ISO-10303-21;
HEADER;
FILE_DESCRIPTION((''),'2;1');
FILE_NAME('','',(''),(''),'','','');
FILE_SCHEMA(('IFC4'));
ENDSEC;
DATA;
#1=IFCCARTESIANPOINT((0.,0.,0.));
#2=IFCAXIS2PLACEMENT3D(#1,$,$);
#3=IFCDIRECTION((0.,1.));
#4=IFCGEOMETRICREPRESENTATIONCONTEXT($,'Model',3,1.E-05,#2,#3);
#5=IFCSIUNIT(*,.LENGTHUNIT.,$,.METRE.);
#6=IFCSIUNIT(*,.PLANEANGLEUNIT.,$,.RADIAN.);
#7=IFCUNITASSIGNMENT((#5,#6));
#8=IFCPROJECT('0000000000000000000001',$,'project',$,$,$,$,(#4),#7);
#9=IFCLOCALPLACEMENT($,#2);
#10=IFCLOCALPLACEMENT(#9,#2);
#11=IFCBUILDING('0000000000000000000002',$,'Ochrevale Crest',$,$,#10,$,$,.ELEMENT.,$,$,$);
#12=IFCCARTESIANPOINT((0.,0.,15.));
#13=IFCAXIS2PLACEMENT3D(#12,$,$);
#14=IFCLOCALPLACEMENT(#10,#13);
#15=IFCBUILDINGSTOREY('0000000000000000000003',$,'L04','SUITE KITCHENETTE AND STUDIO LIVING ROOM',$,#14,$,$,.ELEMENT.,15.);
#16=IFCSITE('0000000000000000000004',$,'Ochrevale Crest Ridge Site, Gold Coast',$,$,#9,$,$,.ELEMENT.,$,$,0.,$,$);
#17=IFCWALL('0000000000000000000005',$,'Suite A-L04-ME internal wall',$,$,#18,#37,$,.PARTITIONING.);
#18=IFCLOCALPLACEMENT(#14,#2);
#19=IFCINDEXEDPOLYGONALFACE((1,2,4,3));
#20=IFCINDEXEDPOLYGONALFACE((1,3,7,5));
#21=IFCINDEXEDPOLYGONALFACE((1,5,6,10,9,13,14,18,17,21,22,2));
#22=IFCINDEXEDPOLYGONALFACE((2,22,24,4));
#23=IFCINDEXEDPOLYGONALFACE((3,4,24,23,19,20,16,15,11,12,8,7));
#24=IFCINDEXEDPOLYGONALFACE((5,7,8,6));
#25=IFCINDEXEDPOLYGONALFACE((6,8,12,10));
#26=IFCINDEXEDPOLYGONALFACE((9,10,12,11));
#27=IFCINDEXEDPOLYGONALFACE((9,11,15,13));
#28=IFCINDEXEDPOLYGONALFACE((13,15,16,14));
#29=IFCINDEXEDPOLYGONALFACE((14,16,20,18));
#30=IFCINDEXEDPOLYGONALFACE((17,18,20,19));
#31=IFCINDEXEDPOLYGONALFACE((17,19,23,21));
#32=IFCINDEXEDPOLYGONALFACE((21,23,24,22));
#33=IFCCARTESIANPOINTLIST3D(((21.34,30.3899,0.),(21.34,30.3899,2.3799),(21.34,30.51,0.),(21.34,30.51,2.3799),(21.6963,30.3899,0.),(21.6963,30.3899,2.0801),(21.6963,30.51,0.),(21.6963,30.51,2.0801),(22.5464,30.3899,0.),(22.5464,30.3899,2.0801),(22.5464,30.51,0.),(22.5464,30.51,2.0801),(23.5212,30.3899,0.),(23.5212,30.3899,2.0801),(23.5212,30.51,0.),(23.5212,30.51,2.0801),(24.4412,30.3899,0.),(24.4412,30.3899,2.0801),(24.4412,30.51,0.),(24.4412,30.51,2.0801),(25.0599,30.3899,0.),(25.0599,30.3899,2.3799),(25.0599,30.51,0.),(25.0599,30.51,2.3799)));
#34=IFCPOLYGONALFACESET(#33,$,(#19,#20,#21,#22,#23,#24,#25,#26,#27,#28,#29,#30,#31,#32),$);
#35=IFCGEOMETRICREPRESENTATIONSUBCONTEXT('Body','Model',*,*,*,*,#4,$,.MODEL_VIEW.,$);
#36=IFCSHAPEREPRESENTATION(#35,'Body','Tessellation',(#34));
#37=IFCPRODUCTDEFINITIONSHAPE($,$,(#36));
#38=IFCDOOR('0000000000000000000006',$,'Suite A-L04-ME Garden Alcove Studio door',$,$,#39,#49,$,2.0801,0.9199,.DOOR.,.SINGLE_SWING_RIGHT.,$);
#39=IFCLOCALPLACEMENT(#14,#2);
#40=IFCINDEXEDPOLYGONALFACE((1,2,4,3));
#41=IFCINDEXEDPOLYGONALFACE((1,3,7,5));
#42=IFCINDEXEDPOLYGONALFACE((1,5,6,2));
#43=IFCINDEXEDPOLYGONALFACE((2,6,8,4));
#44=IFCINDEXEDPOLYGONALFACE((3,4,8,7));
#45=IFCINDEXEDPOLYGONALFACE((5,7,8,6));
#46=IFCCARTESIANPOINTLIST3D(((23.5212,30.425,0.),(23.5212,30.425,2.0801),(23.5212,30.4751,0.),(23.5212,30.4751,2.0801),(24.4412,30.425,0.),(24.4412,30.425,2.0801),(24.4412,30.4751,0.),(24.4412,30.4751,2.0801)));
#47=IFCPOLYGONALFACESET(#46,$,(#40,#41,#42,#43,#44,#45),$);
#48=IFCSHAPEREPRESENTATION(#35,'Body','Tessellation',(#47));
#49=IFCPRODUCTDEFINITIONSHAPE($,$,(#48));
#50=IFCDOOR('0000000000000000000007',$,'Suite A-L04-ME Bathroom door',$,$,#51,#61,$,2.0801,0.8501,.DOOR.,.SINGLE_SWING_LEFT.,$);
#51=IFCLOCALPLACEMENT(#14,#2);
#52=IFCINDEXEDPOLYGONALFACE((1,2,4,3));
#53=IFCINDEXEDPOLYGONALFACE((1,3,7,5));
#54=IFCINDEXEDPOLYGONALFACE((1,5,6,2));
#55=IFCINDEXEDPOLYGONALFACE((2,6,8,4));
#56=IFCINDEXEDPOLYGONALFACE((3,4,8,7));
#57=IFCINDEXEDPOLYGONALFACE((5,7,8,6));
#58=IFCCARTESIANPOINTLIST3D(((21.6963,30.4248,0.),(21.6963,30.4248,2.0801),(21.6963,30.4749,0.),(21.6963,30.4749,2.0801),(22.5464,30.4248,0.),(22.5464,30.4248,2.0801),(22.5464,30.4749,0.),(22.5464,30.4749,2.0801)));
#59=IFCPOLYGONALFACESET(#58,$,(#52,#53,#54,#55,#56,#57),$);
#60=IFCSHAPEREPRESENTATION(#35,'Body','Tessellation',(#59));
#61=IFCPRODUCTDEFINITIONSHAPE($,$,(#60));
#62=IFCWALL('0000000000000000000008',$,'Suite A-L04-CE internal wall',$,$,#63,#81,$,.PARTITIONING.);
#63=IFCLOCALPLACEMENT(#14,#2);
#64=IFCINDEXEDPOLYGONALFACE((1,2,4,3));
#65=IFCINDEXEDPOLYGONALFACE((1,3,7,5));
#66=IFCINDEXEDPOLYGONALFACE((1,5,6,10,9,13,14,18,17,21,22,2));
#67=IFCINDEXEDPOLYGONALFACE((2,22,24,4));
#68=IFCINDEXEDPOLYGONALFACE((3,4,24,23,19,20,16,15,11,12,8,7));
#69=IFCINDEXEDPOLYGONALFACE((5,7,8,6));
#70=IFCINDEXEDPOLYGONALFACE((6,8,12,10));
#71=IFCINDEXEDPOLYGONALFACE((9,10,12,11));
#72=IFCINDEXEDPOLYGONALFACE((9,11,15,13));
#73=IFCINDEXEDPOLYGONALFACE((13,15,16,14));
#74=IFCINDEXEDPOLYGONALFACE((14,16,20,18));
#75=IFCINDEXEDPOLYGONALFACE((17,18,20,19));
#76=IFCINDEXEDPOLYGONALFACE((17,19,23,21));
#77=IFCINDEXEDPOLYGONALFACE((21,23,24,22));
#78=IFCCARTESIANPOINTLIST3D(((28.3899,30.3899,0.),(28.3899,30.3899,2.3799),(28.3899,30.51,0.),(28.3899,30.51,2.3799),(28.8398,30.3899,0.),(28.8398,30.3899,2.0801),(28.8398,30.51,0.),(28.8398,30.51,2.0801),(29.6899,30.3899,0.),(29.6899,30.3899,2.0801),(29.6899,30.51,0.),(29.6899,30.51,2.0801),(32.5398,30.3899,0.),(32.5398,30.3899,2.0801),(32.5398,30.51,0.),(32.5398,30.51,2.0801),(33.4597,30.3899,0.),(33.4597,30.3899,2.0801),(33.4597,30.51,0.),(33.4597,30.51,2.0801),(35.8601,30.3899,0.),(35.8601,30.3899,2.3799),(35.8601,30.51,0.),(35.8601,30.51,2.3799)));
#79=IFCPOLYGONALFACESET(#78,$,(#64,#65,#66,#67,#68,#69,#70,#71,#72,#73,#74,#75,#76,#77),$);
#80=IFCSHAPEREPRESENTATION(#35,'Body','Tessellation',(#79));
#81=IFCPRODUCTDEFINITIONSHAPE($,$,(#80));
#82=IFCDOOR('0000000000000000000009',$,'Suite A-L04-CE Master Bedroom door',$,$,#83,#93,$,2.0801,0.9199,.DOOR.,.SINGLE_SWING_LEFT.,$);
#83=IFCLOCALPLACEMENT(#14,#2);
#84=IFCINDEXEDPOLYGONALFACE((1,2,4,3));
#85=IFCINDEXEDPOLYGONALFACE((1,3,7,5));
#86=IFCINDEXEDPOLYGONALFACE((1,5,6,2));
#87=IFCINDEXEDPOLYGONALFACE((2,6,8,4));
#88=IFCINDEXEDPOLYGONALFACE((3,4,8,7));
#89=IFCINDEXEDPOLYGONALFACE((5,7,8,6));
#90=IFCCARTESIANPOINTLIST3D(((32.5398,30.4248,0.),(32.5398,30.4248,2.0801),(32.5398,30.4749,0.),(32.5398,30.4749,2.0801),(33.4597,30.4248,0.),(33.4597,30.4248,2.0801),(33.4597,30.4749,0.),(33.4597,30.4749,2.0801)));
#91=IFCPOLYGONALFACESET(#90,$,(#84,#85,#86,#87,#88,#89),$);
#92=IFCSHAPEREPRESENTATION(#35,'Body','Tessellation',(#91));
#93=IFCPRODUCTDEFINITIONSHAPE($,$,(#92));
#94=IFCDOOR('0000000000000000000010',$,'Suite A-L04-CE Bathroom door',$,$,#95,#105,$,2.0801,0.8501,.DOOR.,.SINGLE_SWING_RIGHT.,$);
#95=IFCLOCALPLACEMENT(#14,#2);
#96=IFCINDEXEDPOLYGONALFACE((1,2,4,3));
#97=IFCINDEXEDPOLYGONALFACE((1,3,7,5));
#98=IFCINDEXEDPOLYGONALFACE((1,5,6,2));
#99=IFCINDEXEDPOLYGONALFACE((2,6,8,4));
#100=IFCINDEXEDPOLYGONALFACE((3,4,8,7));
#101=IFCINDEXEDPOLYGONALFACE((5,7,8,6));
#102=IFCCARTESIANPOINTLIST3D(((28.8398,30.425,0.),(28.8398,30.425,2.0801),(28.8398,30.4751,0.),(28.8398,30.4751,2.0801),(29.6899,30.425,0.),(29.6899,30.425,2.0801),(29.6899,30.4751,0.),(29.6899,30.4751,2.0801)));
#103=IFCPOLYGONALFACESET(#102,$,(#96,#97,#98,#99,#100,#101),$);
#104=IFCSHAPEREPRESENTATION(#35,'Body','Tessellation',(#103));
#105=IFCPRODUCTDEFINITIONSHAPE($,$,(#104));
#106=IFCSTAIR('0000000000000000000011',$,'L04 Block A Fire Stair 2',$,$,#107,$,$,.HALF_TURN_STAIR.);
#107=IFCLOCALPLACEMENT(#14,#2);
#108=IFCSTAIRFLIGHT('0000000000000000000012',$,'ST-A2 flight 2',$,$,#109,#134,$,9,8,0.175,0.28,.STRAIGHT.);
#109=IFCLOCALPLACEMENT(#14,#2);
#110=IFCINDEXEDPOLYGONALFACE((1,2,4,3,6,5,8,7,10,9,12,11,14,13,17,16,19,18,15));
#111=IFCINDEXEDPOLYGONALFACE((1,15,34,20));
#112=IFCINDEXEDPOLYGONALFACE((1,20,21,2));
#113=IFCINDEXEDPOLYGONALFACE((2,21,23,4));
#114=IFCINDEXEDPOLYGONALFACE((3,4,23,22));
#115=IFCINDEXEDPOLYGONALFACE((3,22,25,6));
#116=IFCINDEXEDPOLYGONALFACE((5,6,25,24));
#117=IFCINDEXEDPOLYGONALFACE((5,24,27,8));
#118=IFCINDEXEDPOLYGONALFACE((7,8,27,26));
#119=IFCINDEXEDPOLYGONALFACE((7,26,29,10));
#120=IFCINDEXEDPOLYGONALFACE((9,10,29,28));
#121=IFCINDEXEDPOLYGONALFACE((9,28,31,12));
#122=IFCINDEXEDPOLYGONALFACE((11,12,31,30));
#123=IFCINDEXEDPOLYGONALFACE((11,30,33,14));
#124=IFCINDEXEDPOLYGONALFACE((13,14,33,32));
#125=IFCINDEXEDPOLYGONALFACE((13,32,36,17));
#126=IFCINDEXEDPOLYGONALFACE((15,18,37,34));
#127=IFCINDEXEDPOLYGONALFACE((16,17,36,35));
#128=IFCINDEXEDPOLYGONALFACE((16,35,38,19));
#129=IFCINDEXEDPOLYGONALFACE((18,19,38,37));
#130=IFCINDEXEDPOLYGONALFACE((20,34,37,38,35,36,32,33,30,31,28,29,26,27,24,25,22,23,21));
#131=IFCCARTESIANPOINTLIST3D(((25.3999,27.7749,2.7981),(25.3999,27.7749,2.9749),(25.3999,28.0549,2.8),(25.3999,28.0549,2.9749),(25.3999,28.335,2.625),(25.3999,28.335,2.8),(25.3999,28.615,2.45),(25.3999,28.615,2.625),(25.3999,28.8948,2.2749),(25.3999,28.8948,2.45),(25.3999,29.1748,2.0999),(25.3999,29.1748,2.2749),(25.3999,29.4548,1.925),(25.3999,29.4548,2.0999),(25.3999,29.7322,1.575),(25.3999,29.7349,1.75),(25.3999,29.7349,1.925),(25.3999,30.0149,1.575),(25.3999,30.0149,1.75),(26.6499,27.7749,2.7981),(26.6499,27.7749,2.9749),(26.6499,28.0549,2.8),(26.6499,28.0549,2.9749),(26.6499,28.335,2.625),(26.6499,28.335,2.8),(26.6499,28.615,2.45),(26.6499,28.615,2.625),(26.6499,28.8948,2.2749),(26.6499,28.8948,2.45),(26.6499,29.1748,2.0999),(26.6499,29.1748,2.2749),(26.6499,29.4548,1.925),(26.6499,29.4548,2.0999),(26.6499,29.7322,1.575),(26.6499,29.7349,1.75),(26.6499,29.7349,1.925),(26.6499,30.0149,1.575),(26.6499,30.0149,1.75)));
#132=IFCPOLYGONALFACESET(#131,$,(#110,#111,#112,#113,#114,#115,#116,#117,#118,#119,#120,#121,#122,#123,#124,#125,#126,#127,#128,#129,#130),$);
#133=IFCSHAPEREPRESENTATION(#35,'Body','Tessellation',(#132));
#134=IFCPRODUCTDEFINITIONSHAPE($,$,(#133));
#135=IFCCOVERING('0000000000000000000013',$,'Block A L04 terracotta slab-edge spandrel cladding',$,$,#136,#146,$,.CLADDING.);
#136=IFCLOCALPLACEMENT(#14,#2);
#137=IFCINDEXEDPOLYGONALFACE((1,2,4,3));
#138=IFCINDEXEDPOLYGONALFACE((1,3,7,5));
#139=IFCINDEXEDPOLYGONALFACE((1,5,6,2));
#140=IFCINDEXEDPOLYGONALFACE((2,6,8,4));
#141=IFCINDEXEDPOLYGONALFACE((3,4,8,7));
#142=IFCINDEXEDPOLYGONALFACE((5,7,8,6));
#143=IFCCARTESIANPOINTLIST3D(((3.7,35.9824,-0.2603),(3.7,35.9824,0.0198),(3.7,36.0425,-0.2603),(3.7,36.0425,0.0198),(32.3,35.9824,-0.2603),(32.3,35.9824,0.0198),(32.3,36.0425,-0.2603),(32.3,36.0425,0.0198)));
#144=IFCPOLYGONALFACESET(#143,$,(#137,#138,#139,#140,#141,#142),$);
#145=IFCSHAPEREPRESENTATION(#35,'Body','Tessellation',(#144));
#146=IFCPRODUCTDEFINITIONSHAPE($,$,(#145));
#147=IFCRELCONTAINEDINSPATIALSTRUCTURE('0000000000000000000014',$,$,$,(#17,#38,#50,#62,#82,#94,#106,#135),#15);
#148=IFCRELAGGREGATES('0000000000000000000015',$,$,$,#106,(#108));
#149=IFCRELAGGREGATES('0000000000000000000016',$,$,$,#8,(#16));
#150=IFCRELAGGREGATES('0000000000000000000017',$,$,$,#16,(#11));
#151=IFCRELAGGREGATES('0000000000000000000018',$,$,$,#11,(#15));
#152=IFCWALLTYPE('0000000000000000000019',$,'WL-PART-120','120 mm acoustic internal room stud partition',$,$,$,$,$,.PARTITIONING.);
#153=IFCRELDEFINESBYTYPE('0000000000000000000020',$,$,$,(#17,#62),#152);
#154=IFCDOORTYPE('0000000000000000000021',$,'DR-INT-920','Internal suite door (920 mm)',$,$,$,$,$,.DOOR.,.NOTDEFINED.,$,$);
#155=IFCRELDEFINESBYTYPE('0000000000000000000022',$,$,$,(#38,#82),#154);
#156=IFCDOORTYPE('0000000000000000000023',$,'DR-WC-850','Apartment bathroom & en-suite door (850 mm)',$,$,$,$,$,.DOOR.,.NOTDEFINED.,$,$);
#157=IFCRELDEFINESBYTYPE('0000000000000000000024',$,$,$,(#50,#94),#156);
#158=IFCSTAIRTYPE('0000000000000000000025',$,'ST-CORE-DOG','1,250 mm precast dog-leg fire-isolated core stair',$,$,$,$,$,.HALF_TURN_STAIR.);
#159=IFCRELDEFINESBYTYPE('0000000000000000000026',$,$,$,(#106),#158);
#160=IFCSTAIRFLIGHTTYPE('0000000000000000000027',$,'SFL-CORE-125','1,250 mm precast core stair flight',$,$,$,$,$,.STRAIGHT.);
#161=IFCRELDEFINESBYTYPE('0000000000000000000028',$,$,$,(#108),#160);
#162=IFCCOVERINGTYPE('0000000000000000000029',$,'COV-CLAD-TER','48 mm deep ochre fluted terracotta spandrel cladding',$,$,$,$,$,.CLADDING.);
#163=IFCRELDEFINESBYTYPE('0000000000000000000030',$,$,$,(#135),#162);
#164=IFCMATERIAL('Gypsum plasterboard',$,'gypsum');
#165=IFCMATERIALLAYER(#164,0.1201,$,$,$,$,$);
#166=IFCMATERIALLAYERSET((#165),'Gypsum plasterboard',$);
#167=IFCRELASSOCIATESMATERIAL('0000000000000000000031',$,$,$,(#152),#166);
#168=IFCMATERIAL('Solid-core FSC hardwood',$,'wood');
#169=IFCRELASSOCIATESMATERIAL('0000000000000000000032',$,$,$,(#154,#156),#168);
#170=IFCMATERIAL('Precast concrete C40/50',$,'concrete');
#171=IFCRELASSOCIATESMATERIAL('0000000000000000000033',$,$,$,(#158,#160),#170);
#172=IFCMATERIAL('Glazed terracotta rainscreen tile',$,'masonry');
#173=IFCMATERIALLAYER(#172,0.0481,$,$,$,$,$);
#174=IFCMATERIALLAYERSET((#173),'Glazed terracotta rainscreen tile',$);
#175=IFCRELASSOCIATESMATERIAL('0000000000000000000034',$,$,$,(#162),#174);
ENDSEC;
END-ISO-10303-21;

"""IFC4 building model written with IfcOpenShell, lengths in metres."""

from ifc_helpers import new_model, si_unit, direction, frame, frame_2d, origin, origin_2d, place, context, subcontext, project, spatial, polyline, rectangle, outline, extrude, material, layer, layer_set, type_object, element, fill, aggregate, save


model = new_model("IFC4")

# Units and contexts
model_context = context("Model", 3, precision=1e-05, world=origin(), true_north=direction((0.0, 1.0)))
body_context = subcontext(model_context, "Body", "Model", "MODEL_VIEW")
ifc_project = project(units=[si_unit("LENGTHUNIT", "METRE"), si_unit("PLANEANGLEUNIT", "RADIAN")], contexts=[model_context])

# Site, building, storey
site_placement = place(None, origin())
site = spatial("IfcSite", under=ifc_project, at=site_placement, Name="Ochrevale Crest Ridge Site, Gold Coast", CompositionType="ELEMENT", RefElevation=0.0)
building_placement = place(site_placement, origin())
building = spatial("IfcBuilding", under=site, at=building_placement, Name="Ochrevale Crest", CompositionType="ELEMENT")
storey_placement = place(building_placement, frame((0.0, 0.0, 15.0)))
storey = spatial("IfcBuildingStorey", under=building, at=storey_placement, Name="L04", Description="SUITE KITCHENETTE AND STUDIO LIVING ROOM", CompositionType="ELEMENT", Elevation=15.0)

# Shared definitions
ifc_material_1 = material(Name="Precast concrete C40/50", Category="concrete")

# Walls, openings, doors
ifc_material_2 = material(Name="Gypsum plasterboard", Category="gypsum")
ifc_layer_1 = layer(ifc_material_2, 0.1201)
ifc_layer_set_1 = layer_set([ifc_layer_1], Name="Gypsum plasterboard")
wall_type_1 = type_object("IfcWallType", Name="WL-PART-120", Description="120 mm acoustic internal room stud partition", PredefinedType="PARTITIONING", material=ifc_layer_set_1)
wall_1_placement = place(storey_placement, frame((21.3401, 30.45, 0.0), z_axis=(0.0, 0.0, 1.0), x_axis=(1.0, 0.0, 0.0)))
wall_1 = element("IfcWall", 1, at=wall_1_placement, inside=storey, type_object=wall_type_1, Name="Suite A-L04-ME internal wall", PredefinedType="PARTITIONING", context=body_context, shape_type="SweptSolid", body=[
    extrude(rectangle(XDim=3.72, YDim=0.1201, at=frame_2d((1.8599, 0.0))), origin(), (0.0, 0.0, 1.0), 2.3799),
])
opening_1_placement = place(wall_1_placement, frame((0.3562, 0.0, 0.0)))
opening_1 = element("IfcOpeningElement", 2, at=opening_1_placement, cuts=wall_1, PredefinedType="OPENING", context=body_context, shape_type="SweptSolid", body=[
    extrude(rectangle(XDim=0.8501, YDim=2.0801, at=frame_2d((0.425, 1.04))), frame((0.0, 0.0701, 0.0), z_axis=(0.0, -1.0, 0.0), x_axis=(1.0, 0.0, 0.0)), (0.0, 0.0, 1.0), 0.1401),
])
opening_2_placement = place(wall_1_placement, frame((3.1011, 0.0, 0.0), z_axis=(0.0, 0.0, 1.0), x_axis=(-1.0, 0.0, 0.0)))
opening_2 = element("IfcOpeningElement", 3, at=opening_2_placement, cuts=wall_1, PredefinedType="OPENING", context=body_context, shape_type="SweptSolid", body=[
    extrude(rectangle(XDim=0.9199, YDim=2.0801, at=frame_2d((0.46, 1.04))), frame((0.0, 0.0701, 0.0), z_axis=(0.0, -1.0, 0.0), x_axis=(1.0, 0.0, 0.0)), (0.0, 0.0, 1.0), 0.1401),
])
ifc_material_3 = material(Name="Solid-core FSC hardwood", Category="wood")
door_type_1 = type_object("IfcDoorType", Name="DR-INT-920", Description="Internal suite door (920 mm)", OperationType="NOTDEFINED", PredefinedType="DOOR", material=ifc_material_3)
door_1_placement = place(opening_2_placement, origin())
door_1 = element("IfcDoor", 4, at=door_1_placement, inside=storey, type_object=door_type_1, Name="Suite A-L04-ME Garden Alcove Studio door", OperationType="SINGLE_SWING_RIGHT", OverallHeight=2.0801, OverallWidth=0.9199, PredefinedType="DOOR", context=body_context, shape_type="SweptSolid", body=[
    extrude(rectangle(XDim=0.9199, YDim=2.0801, at=frame_2d((0.46, 1.04))), frame((0.0, 0.0249, 0.0), z_axis=(0.0, -1.0, 0.0), x_axis=(1.0, 0.0, 0.0)), (0.0, 0.0, 1.0), 0.05),
])
fill(opening_2, door_1)
door_type_2 = type_object("IfcDoorType", Name="DR-WC-850", Description="Apartment bathroom & en-suite door (850 mm)", OperationType="NOTDEFINED", PredefinedType="DOOR", material=ifc_material_3)
door_2_placement = place(opening_1_placement, origin())
door_2 = element("IfcDoor", 5, at=door_2_placement, inside=storey, type_object=door_type_2, Name="Suite A-L04-ME Bathroom door", OperationType="SINGLE_SWING_LEFT", OverallHeight=2.0801, OverallWidth=0.8501, PredefinedType="DOOR", context=body_context, shape_type="SweptSolid", body=[
    extrude(rectangle(XDim=0.8501, YDim=2.0801, at=frame_2d((0.425, 1.04))), frame((0.0, 0.0249, 0.0), z_axis=(0.0, -1.0, 0.0), x_axis=(1.0, 0.0, 0.0)), (0.0, 0.0, 1.0), 0.05),
])
fill(opening_1, door_2)
wall_2_placement = place(storey_placement, frame((28.3899, 30.45, 0.0), z_axis=(0.0, 0.0, 1.0), x_axis=(1.0, 0.0, 0.0)))
wall_2 = element("IfcWall", 6, at=wall_2_placement, inside=storey, type_object=wall_type_1, Name="Suite A-L04-CE internal wall", PredefinedType="PARTITIONING", context=body_context, shape_type="SweptSolid", body=[
    extrude(rectangle(XDim=7.4702, YDim=0.1201, at=frame_2d((3.7351, 0.0))), origin(), (0.0, 0.0, 1.0), 2.3799),
])
opening_3_placement = place(wall_2_placement, frame((1.3, 0.0, 0.0), z_axis=(0.0, 0.0, 1.0), x_axis=(-1.0, 0.0, 0.0)))
opening_3 = element("IfcOpeningElement", 7, at=opening_3_placement, cuts=wall_2, PredefinedType="OPENING", context=body_context, shape_type="SweptSolid", body=[
    extrude(rectangle(XDim=0.8501, YDim=2.0801, at=frame_2d((0.425, 1.04))), frame((0.0, 0.0701, 0.0), z_axis=(0.0, -1.0, 0.0), x_axis=(1.0, 0.0, 0.0)), (0.0, 0.0, 1.0), 0.1401),
])
opening_4_placement = place(wall_2_placement, frame((4.1499, 0.0, 0.0)))
opening_4 = element("IfcOpeningElement", 8, at=opening_4_placement, cuts=wall_2, PredefinedType="OPENING", context=body_context, shape_type="SweptSolid", body=[
    extrude(rectangle(XDim=0.9199, YDim=2.0801, at=frame_2d((0.46, 1.04))), frame((0.0, 0.0701, 0.0), z_axis=(0.0, -1.0, 0.0), x_axis=(1.0, 0.0, 0.0)), (0.0, 0.0, 1.0), 0.1401),
])
door_3_placement = place(opening_4_placement, origin())
door_3 = element("IfcDoor", 9, at=door_3_placement, inside=storey, type_object=door_type_1, Name="Suite A-L04-CE Master Bedroom door", OperationType="SINGLE_SWING_LEFT", OverallHeight=2.0801, OverallWidth=0.9199, PredefinedType="DOOR", context=body_context, shape_type="SweptSolid", body=[
    extrude(rectangle(XDim=0.9199, YDim=2.0801, at=frame_2d((0.46, 1.04))), frame((0.0, 0.0249, 0.0), z_axis=(0.0, -1.0, 0.0), x_axis=(1.0, 0.0, 0.0)), (0.0, 0.0, 1.0), 0.05),
])
fill(opening_4, door_3)
door_4_placement = place(opening_3_placement, origin())
door_4 = element("IfcDoor", 10, at=door_4_placement, inside=storey, type_object=door_type_2, Name="Suite A-L04-CE Bathroom door", OperationType="SINGLE_SWING_RIGHT", OverallHeight=2.0801, OverallWidth=0.8501, PredefinedType="DOOR", context=body_context, shape_type="SweptSolid", body=[
    extrude(rectangle(XDim=0.8501, YDim=2.0801, at=frame_2d((0.425, 1.04))), frame((0.0, 0.0249, 0.0), z_axis=(0.0, -1.0, 0.0), x_axis=(1.0, 0.0, 0.0)), (0.0, 0.0, 1.0), 0.05),
])
fill(opening_3, door_4)

# Stair, stair flight
stair_type = type_object("IfcStairType", Name="ST-CORE-DOG", Description="1,250 mm precast dog-leg fire-isolated core stair", PredefinedType="HALF_TURN_STAIR", material=ifc_material_1)
stair_placement = place(storey_placement, origin())
stair = element("IfcStair", 11, at=stair_placement, inside=storey, type_object=stair_type, Name="L04 Block A Fire Stair 2", PredefinedType="HALF_TURN_STAIR")
stair_flight_type = type_object("IfcStairFlightType", Name="SFL-CORE-125", Description="1,250 mm precast core stair flight", PredefinedType="STRAIGHT", material=ifc_material_1)
stair_flight_placement = place(storey_placement, frame((26.0249, 30.0149, 1.575), z_axis=(0.0, 0.0, 1.0), x_axis=(0.0, -1.0, 0.0)))
stair_flight = element("IfcStairFlight", 12, at=stair_flight_placement, type_object=stair_flight_type, Name="ST-A2 flight 2", NumberOfRisers=9, NumberOfTreads=8, PredefinedType="STRAIGHT", RiserHeight=0.175, TreadLength=0.28, context=body_context, shape_type="SweptSolid", body=[
    extrude(outline(polyline([(0.0, 0.0), (0.0, 0.175), (0.28, 0.175), (0.28, 0.3501), (0.5601, 0.3501), (0.5601, 0.5249), (0.8401, 0.5249), (0.8401, 0.7), (1.1201, 0.7), (1.1201, 0.875), (1.3999, 0.875), (1.3999, 1.05), (1.6799, 1.05), (1.6799, 1.2251), (1.96, 1.2251), (1.96, 1.3999), (2.24, 1.3999), (2.24, 1.575), (2.24, 1.2231), (0.2827, 0.0), (0.0, 0.0)])), frame((0.0, 0.625, 0.0), z_axis=(0.0, -1.0, 0.0), x_axis=(1.0, 0.0, 0.0)), (0.0, 0.0, 1.0), 1.25),
])
aggregate(stair, [stair_flight])

# Covering
ifc_material_4 = material(Name="Glazed terracotta rainscreen tile", Category="masonry")
ifc_layer_2 = layer(ifc_material_4, 0.0481)
ifc_layer_set_2 = layer_set([ifc_layer_2], Name="Glazed terracotta rainscreen tile")
covering_type = type_object("IfcCoveringType", Name="COV-CLAD-TER", Description="48 mm deep ochre fluted terracotta spandrel cladding", PredefinedType="CLADDING", material=ifc_layer_set_2)
covering_placement = place(storey_placement, frame((18.0, 36.0125, -0.2603), z_axis=(0.0, 0.0, 1.0), x_axis=(-1.0, 0.0, 0.0)))
element("IfcCovering", 13, at=covering_placement, inside=storey, type_object=covering_type, Name="Block A L04 terracotta slab-edge spandrel cladding", PredefinedType="CLADDING", context=body_context, shape_type="SweptSolid", body=[
    extrude(rectangle(XDim=28.6001, YDim=0.0601, at=origin_2d()), origin(), (0.0, 0.0, 1.0), 0.28),
])

save(model, "model.ifc")
